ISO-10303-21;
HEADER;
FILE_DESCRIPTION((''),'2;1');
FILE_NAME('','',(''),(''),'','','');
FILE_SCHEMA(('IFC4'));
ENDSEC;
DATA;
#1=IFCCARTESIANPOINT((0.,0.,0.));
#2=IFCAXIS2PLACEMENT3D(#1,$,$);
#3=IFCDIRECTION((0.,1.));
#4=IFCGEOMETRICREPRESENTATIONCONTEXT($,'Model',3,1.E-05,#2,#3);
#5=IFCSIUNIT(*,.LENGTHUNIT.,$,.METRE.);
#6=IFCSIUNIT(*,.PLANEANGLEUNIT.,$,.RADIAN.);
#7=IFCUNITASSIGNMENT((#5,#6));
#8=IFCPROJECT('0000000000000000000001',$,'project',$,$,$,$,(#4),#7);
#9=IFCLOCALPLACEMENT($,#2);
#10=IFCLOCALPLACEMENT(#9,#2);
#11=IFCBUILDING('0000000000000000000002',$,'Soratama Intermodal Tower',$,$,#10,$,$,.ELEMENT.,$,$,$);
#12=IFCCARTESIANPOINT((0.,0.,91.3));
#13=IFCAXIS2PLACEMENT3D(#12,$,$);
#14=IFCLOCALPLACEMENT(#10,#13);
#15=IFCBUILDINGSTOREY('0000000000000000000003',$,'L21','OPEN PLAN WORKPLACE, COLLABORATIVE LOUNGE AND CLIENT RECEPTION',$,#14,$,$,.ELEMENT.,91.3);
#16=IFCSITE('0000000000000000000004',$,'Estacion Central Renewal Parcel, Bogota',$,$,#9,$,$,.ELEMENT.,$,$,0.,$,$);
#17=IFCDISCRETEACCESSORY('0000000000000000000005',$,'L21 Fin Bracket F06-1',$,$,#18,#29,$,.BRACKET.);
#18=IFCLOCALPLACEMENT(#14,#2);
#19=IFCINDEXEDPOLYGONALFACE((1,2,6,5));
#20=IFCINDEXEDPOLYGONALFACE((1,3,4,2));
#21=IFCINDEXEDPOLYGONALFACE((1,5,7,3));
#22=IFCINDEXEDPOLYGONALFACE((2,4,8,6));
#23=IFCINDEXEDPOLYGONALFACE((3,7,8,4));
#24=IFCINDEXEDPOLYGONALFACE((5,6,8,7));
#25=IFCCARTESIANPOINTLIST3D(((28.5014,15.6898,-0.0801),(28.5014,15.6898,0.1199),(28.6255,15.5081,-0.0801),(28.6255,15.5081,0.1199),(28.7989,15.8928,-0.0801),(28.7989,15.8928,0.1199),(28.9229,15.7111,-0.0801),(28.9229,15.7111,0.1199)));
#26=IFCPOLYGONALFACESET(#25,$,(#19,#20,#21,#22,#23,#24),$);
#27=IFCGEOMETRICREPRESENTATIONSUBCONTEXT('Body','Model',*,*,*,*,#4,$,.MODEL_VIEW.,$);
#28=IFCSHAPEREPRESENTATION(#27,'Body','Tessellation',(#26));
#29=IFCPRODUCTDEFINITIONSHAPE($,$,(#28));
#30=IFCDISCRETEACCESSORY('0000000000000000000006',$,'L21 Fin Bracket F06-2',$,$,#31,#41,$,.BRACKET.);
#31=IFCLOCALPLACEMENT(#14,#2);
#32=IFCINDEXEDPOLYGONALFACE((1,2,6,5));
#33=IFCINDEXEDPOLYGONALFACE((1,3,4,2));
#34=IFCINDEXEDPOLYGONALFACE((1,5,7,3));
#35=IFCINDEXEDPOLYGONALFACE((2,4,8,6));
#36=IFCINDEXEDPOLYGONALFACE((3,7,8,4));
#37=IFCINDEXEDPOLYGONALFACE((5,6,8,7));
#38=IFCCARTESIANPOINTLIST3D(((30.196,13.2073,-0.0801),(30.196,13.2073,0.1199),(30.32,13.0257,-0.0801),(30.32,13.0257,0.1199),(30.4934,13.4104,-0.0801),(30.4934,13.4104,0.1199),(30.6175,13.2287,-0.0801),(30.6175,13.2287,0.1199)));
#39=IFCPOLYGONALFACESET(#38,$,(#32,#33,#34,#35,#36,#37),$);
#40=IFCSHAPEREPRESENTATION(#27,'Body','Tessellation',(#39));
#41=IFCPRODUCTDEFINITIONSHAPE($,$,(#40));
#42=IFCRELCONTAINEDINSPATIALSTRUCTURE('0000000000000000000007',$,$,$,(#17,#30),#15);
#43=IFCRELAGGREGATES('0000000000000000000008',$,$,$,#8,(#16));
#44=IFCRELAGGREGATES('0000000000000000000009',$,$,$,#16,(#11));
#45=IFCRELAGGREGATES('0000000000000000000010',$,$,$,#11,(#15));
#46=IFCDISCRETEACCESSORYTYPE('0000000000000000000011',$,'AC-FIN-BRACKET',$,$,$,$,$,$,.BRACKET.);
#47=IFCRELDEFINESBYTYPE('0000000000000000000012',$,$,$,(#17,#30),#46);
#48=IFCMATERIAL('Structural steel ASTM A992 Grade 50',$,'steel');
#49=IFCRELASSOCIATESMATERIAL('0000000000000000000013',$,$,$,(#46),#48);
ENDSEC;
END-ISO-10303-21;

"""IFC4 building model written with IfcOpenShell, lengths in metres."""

from ifc_helpers import new_model, si_unit, direction, frame, origin, origin_2d, place, context, subcontext, project, spatial, rectangle, extrude, material, type_object, element, save


model = new_model("IFC4")

# Units and contexts
model_context = context("Model", 3, precision=1e-05, world=origin(), true_north=direction((0.0, 1.0)))
body_context = subcontext(model_context, "Body", "Model", "MODEL_VIEW")
ifc_project = project(units=[si_unit("LENGTHUNIT", "METRE"), si_unit("PLANEANGLEUNIT", "RADIAN")], contexts=[model_context])

# Site, building, storey
site_placement = place(None, origin())
site = spatial("IfcSite", under=ifc_project, at=site_placement, Name="Estacion Central Renewal Parcel, Bogota", CompositionType="ELEMENT", RefElevation=0.0)
building_placement = place(site_placement, origin())
building = spatial("IfcBuilding", under=site, at=building_placement, Name="Soratama Intermodal Tower", CompositionType="ELEMENT")
storey_placement = place(building_placement, frame((0.0, 0.0, 91.3)))
storey = spatial("IfcBuildingStorey", under=building, at=storey_placement, Name="L21", Description="OPEN PLAN WORKPLACE, COLLABORATIVE LOUNGE AND CLIENT RECEPTION", CompositionType="ELEMENT", Elevation=91.3)

# Discrete accessories
ifc_material_1 = material(Name="Structural steel ASTM A992 Grade 50", Category="steel")
discrete_accessory_type = type_object("IfcDiscreteAccessoryType", Name="AC-FIN-BRACKET", PredefinedType="BRACKET", material=ifc_material_1)
for number, where, z_axis, x_axis, name in (
    (1, (28.7122, 15.7004, -0.0801), (0.0, 0.0, 1.0), (-0.825902, -0.563814, 0.0), "L21 Fin Bracket F06-1"),
    (2, (30.4067, 13.218, -0.0801), (0.0, 0.0, 1.0), (-0.825902, -0.563814, 0.0), "L21 Fin Bracket F06-2"),
):
    element("IfcDiscreteAccessory", number, at=place(storey_placement, frame(where, z_axis=z_axis, x_axis=x_axis)), inside=storey, type_object=discrete_accessory_type, Name=name, PredefinedType="BRACKET", context=body_context, shape_type="SweptSolid", body=[
        extrude(rectangle(XDim=0.3601, YDim=0.22, at=origin_2d()), origin(), (0.0, 0.0, 1.0), 0.2),
    ])

save(model, "model.ifc")
